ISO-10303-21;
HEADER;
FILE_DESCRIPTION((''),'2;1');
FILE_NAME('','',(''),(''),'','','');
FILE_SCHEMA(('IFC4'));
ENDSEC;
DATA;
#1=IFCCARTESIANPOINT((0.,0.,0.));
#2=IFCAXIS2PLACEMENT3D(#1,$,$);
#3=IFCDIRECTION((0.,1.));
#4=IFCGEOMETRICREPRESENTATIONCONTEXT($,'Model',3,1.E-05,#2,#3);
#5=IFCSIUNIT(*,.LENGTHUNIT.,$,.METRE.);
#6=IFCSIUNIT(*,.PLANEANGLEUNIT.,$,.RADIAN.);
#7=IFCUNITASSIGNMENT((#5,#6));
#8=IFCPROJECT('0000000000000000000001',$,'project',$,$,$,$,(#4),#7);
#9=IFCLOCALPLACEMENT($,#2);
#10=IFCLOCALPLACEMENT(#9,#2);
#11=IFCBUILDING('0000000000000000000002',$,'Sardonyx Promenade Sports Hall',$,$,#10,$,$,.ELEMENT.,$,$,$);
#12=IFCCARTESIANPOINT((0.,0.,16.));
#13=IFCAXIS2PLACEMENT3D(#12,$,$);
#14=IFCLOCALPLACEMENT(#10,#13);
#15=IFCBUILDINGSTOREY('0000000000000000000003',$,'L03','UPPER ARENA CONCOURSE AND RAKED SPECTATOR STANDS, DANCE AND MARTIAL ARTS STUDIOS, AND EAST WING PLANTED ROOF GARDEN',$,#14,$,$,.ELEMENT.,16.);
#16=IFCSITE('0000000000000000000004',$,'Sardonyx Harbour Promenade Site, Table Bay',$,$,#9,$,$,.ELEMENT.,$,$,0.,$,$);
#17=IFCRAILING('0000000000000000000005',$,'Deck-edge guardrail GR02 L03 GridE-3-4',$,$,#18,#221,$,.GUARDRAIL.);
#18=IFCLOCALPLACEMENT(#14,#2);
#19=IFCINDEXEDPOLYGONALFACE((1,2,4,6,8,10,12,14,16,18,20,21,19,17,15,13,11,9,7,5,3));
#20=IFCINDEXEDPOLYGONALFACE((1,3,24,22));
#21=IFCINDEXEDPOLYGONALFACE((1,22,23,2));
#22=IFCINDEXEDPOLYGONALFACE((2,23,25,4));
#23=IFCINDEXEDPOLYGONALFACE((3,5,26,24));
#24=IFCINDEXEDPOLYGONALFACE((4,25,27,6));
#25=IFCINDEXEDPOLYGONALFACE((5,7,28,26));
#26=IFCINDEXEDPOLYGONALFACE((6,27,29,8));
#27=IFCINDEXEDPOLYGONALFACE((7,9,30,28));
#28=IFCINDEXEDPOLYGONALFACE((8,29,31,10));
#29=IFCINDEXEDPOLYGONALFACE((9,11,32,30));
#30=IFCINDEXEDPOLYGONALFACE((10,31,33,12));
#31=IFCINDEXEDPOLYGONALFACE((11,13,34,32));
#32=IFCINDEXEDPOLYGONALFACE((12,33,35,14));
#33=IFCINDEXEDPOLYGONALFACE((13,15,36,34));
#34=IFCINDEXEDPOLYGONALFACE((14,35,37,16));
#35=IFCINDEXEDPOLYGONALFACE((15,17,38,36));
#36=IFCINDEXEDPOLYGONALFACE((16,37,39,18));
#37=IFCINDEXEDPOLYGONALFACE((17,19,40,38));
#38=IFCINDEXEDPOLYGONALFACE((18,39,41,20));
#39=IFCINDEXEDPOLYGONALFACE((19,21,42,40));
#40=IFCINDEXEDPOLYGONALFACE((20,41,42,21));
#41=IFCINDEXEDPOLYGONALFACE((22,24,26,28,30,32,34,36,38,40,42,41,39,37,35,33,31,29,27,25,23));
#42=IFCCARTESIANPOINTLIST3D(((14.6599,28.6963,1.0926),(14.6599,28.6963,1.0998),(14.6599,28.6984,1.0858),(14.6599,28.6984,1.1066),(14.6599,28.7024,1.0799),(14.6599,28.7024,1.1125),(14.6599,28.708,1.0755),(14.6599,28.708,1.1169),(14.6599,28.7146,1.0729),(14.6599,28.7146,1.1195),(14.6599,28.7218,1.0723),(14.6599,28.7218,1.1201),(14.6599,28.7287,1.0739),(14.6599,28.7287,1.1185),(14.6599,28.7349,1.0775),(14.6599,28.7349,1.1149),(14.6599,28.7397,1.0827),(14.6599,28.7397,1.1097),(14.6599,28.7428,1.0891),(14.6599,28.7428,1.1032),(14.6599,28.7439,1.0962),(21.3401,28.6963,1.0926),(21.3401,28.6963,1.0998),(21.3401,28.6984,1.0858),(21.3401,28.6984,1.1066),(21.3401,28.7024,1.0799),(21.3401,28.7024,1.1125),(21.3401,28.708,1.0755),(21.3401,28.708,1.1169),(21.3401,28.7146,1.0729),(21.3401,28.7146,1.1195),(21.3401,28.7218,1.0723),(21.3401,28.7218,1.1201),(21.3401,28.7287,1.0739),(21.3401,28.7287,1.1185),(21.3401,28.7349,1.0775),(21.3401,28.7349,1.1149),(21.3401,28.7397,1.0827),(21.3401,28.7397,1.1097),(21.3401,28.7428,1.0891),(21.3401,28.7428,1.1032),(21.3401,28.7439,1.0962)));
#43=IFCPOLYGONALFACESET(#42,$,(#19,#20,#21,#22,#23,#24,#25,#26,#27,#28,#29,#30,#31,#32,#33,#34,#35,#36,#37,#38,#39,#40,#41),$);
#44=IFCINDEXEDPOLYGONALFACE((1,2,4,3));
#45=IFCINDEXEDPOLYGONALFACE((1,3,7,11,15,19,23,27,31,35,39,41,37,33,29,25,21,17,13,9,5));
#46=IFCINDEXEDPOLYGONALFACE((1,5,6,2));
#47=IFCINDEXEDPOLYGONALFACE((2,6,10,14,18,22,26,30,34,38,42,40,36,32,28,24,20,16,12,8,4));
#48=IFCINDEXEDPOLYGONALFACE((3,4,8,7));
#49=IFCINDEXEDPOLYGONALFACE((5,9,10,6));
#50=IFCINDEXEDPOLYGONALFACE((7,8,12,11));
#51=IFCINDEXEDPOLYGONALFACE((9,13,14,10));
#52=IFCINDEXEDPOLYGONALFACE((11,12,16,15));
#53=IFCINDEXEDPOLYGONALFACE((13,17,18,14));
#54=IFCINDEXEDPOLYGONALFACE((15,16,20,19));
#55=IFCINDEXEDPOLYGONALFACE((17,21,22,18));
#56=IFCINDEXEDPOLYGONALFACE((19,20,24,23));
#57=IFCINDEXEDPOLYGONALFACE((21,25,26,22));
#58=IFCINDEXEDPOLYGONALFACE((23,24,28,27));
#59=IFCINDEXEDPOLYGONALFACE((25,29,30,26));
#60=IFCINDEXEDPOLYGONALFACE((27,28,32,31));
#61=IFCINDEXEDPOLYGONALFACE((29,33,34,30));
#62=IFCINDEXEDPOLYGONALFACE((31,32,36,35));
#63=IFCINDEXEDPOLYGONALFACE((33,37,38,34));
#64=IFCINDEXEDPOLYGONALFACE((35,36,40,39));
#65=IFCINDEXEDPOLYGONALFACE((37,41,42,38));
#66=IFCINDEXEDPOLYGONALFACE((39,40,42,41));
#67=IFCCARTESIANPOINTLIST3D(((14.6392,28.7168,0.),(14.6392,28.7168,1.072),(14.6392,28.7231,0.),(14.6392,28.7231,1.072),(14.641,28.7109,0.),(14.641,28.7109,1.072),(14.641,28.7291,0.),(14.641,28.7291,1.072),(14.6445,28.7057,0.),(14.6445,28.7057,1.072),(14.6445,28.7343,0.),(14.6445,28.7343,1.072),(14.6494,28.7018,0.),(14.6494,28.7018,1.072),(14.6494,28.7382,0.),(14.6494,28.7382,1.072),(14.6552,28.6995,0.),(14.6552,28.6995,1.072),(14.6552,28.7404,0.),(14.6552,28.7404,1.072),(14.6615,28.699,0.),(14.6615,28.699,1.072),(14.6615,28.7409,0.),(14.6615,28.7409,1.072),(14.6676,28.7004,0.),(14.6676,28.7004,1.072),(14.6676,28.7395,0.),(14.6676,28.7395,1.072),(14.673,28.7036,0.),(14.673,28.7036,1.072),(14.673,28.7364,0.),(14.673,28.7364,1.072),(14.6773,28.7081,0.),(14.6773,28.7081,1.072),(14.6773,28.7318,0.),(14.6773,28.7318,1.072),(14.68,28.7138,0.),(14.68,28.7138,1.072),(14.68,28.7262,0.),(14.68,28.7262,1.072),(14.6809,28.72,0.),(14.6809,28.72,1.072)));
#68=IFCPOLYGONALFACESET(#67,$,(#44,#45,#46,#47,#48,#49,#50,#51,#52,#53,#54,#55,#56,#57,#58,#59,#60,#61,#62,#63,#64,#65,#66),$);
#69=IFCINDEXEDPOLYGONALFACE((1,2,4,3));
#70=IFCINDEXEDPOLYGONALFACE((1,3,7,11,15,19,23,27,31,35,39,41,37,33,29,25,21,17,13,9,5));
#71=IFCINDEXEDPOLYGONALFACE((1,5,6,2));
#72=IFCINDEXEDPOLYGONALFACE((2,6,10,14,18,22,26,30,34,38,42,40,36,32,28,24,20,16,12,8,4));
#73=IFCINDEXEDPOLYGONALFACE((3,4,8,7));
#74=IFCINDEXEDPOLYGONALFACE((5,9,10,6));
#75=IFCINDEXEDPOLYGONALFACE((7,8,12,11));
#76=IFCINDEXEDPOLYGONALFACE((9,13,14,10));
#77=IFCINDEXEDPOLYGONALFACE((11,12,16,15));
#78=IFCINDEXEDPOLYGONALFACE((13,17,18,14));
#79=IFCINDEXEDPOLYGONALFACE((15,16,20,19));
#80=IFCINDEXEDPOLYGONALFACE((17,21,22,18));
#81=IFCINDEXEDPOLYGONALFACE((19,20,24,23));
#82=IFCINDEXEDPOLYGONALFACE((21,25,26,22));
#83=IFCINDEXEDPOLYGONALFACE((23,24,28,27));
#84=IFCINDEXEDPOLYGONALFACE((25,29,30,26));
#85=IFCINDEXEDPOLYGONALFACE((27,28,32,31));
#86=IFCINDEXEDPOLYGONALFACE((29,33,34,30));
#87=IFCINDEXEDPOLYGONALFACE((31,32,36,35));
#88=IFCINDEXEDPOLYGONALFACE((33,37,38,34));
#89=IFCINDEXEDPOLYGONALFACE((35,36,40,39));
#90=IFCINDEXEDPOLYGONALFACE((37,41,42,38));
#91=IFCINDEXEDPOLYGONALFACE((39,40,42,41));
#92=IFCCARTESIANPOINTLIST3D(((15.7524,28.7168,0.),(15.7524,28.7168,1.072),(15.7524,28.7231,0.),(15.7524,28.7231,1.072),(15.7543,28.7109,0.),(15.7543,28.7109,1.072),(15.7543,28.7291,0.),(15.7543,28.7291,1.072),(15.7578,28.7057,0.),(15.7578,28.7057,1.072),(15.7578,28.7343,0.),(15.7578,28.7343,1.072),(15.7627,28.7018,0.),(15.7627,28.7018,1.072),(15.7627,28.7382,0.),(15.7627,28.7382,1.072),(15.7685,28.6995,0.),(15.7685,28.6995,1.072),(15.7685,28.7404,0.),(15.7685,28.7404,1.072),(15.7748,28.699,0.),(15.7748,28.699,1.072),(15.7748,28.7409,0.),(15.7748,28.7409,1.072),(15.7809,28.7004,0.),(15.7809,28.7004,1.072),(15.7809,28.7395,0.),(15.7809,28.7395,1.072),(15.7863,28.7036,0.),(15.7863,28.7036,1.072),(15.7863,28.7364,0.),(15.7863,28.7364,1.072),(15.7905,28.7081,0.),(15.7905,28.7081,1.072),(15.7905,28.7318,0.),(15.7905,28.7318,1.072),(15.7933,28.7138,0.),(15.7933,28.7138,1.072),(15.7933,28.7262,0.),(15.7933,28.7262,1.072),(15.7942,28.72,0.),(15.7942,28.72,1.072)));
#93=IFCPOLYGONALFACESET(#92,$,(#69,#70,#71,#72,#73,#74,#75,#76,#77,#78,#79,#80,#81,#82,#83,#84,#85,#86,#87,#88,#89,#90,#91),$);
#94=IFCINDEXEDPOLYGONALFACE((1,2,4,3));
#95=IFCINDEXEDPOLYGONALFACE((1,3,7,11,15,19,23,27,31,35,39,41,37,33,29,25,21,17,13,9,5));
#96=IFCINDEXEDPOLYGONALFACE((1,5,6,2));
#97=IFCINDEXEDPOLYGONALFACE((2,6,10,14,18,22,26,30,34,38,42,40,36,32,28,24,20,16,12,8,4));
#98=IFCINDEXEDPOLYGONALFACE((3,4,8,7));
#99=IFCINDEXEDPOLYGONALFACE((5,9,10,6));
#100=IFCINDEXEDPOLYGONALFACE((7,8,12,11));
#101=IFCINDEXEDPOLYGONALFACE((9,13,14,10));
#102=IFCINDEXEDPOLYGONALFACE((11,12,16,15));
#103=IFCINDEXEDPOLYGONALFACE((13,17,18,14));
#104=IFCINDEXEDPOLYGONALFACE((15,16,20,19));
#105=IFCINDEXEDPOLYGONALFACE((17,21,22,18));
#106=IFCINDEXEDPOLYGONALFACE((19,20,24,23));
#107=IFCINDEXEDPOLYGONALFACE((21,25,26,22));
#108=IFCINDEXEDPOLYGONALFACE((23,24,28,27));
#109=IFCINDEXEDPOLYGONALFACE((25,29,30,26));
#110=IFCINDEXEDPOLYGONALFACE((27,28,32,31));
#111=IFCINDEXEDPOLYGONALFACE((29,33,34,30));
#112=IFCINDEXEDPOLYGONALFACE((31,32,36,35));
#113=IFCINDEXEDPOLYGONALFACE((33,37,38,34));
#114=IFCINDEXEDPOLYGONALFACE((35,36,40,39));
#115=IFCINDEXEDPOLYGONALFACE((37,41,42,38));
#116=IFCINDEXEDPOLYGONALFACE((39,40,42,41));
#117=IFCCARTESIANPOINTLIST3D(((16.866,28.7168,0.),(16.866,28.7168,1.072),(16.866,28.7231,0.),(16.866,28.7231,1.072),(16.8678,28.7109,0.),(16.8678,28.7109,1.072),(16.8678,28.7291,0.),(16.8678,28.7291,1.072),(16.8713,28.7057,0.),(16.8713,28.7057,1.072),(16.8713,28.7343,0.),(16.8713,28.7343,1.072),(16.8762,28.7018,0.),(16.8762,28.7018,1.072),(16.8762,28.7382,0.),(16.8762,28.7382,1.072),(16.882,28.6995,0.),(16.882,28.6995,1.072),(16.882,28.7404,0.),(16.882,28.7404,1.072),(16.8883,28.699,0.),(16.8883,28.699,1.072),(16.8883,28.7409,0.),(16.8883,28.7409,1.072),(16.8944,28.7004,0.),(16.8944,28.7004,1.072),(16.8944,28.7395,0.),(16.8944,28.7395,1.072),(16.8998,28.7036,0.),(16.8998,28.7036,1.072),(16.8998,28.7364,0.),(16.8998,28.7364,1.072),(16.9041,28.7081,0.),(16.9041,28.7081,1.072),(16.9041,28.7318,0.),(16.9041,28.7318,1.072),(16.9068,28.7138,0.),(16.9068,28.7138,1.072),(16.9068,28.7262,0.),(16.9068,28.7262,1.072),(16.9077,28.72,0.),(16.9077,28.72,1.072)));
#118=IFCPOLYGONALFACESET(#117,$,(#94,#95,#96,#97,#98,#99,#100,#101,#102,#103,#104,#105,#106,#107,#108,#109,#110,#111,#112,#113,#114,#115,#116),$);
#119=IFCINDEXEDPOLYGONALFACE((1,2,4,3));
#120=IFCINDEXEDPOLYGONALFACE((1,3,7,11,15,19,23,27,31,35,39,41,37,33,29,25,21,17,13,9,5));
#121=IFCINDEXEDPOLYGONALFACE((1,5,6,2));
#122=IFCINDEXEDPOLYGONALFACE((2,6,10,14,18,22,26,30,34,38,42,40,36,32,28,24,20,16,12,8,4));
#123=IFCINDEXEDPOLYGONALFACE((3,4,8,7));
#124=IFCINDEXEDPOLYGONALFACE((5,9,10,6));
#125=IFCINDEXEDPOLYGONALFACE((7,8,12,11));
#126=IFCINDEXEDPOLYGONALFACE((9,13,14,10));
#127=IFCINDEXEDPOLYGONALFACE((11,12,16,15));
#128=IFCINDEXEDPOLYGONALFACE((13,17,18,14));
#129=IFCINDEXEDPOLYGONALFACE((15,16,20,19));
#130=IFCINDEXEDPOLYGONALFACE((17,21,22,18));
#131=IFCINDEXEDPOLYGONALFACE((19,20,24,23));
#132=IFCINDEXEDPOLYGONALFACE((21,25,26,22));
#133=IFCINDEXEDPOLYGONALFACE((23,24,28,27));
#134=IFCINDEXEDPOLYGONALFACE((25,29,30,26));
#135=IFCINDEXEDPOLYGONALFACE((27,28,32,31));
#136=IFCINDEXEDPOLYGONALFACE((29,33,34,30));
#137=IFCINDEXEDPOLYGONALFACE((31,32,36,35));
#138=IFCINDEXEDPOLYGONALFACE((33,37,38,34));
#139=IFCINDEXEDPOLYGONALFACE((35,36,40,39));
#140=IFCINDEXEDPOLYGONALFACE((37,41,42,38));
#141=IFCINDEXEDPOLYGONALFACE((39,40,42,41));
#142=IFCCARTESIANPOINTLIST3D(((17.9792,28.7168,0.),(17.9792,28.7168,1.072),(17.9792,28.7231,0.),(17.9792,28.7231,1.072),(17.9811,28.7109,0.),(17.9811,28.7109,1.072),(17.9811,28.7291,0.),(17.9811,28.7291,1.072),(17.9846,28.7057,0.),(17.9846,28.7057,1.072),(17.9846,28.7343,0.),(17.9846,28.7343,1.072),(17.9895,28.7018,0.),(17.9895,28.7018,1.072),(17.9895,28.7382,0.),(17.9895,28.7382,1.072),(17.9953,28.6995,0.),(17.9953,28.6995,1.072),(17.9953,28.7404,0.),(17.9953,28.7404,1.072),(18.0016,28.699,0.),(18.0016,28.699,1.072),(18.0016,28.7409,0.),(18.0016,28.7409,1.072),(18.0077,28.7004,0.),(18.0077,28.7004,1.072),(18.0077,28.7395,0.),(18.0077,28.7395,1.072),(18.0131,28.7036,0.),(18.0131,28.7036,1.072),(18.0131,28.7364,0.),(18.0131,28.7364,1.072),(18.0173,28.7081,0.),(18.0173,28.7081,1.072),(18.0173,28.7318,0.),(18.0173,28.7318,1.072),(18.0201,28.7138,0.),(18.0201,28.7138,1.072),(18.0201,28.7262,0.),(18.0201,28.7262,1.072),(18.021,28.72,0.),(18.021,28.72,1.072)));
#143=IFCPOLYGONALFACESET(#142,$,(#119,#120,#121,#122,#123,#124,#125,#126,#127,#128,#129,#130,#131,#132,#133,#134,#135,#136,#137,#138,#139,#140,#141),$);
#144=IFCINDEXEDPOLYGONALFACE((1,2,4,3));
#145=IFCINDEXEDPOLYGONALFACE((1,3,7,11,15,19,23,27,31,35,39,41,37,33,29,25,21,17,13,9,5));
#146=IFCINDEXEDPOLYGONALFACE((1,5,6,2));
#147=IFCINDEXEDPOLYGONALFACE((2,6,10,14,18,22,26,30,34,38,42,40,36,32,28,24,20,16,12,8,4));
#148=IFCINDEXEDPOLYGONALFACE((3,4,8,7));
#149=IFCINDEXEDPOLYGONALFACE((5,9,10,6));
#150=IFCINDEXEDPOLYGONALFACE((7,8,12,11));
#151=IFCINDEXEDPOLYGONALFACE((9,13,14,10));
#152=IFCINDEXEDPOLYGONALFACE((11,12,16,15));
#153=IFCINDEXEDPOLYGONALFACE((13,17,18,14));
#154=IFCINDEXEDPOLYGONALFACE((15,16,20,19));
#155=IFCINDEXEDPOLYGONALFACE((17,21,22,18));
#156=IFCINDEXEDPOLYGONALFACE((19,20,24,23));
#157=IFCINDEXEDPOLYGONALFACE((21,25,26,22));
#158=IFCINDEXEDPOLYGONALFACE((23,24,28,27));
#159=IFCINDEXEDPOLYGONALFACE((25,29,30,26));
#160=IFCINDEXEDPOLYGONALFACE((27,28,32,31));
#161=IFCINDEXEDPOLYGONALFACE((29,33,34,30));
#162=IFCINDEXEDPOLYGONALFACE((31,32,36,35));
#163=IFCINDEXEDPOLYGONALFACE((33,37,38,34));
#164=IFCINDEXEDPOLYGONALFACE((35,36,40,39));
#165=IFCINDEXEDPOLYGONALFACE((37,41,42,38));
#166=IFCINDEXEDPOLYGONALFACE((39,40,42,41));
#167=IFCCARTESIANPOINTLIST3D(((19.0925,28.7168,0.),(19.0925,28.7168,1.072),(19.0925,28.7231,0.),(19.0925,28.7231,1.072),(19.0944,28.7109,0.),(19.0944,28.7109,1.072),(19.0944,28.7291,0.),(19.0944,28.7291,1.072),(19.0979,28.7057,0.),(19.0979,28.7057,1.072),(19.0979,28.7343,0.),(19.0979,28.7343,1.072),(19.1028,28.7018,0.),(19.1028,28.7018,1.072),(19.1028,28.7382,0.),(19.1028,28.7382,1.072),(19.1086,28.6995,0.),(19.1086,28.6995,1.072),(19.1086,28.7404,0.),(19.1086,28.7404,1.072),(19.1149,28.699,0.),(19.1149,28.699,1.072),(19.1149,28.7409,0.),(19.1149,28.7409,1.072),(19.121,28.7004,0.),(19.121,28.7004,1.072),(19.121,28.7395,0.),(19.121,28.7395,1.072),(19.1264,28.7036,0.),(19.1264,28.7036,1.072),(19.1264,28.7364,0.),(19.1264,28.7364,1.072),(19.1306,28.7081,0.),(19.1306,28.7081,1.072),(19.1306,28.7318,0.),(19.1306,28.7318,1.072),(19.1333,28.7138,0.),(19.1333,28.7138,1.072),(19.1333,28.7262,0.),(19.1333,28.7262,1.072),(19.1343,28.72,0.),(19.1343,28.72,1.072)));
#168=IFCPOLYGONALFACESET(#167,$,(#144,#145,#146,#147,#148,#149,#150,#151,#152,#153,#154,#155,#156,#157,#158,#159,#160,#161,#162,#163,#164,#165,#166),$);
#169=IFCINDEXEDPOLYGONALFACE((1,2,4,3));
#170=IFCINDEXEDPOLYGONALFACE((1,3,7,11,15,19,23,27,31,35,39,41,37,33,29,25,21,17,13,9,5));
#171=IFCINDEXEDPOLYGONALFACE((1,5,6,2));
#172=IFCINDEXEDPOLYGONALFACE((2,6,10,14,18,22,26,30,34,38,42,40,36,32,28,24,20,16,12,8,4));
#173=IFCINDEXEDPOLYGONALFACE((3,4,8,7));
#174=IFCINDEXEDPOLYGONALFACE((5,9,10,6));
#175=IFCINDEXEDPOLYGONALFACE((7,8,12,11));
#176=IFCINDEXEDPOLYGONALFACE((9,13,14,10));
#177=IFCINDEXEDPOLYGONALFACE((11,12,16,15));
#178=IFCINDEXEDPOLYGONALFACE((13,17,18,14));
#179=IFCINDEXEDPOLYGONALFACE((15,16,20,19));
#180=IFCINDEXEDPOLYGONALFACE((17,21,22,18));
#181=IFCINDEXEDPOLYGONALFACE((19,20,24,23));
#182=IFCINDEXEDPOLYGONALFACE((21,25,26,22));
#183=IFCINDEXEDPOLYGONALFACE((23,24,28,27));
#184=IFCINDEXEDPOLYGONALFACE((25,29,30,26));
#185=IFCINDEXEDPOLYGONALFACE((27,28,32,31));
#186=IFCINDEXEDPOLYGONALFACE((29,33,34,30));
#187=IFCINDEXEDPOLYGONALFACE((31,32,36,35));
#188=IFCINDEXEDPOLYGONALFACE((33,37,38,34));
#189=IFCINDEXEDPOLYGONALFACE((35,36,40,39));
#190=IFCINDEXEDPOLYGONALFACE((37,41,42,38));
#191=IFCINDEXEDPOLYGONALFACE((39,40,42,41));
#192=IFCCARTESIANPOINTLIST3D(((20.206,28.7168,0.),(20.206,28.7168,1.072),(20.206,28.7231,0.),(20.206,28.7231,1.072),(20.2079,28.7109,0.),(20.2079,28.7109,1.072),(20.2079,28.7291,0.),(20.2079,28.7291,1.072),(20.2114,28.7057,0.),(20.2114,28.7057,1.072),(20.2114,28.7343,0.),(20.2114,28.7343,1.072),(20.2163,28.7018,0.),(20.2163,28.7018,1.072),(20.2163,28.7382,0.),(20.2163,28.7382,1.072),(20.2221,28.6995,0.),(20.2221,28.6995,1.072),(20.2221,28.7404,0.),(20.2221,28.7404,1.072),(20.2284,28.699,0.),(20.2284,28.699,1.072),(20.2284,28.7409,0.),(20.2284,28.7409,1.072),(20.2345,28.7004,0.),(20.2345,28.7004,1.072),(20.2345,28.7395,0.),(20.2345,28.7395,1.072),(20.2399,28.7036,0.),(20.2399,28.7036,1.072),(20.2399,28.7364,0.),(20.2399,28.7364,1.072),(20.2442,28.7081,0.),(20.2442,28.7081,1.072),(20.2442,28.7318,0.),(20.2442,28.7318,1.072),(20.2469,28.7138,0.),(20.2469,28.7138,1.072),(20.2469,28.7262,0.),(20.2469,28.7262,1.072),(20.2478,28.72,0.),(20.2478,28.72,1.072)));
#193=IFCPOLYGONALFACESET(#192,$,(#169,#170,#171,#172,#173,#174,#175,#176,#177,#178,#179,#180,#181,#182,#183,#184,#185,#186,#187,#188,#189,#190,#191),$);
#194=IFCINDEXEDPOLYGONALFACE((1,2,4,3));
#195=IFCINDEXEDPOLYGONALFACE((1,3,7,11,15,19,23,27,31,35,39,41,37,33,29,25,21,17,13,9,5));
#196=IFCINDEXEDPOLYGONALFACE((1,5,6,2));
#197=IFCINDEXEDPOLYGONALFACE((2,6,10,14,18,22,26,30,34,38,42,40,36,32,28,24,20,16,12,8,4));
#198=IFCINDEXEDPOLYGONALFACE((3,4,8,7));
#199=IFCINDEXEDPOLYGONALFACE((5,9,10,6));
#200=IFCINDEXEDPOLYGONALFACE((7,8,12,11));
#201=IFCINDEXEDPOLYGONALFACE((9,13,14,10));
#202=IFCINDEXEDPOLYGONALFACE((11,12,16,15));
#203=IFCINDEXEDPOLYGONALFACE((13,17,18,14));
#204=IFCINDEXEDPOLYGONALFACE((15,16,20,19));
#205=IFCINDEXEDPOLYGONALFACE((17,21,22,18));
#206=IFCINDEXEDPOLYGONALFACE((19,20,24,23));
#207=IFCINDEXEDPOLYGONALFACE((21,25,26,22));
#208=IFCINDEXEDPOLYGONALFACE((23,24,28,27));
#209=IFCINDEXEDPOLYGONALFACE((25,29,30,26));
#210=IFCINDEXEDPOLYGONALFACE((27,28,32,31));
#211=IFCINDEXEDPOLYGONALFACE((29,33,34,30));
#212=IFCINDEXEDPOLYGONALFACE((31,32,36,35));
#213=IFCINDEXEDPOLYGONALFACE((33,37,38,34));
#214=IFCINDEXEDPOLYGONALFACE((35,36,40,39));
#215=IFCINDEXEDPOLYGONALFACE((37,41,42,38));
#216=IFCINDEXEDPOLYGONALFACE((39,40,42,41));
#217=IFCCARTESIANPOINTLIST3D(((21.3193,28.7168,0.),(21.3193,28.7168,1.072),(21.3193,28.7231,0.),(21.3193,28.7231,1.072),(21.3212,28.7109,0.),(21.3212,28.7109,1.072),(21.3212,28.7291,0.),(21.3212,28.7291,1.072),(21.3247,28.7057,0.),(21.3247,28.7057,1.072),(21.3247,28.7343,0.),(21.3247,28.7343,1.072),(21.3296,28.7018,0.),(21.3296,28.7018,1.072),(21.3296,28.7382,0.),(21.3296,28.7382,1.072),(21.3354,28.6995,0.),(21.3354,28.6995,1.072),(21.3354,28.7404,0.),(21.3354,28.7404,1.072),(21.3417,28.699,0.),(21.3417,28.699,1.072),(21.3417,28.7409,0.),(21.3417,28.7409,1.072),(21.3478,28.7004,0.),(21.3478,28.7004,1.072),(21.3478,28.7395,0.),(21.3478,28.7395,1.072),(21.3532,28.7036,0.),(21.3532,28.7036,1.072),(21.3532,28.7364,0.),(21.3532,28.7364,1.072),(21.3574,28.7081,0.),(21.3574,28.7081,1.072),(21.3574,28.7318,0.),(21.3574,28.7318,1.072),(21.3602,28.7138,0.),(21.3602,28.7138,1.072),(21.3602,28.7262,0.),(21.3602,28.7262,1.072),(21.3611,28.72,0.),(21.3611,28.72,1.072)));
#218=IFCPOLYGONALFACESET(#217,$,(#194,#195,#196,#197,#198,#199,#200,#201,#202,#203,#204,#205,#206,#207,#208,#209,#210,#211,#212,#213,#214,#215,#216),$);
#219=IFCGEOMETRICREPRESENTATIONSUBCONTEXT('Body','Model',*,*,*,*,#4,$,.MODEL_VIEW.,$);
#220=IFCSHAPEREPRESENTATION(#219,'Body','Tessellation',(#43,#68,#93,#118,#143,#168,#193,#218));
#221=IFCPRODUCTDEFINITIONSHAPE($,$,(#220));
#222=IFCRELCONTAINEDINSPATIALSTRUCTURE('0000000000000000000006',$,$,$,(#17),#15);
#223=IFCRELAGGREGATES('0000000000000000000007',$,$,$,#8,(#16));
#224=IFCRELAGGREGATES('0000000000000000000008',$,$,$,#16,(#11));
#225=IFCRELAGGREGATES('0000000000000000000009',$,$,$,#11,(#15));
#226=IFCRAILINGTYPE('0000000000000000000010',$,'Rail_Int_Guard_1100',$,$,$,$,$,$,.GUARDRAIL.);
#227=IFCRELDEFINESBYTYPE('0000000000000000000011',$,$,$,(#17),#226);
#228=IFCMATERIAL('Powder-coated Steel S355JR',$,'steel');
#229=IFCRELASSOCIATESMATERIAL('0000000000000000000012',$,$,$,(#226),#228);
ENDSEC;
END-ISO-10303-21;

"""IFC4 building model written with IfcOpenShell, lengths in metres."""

from ifc_helpers import new_model, si_unit, direction, frame, origin, origin_2d, place, context, subcontext, project, spatial, circle, extrude, material, type_object, element, save


model = new_model("IFC4")

# Units and contexts
model_context = context("Model", 3, precision=1e-05, world=origin(), true_north=direction((0.0, 1.0)))
body_context = subcontext(model_context, "Body", "Model", "MODEL_VIEW")
ifc_project = project(units=[si_unit("LENGTHUNIT", "METRE"), si_unit("PLANEANGLEUNIT", "RADIAN")], contexts=[model_context])

# Site, building, storey
site_placement = place(None, origin())
site = spatial("IfcSite", under=ifc_project, at=site_placement, Name="Sardonyx Harbour Promenade Site, Table Bay", CompositionType="ELEMENT", RefElevation=0.0)
building_placement = place(site_placement, origin())
building = spatial("IfcBuilding", under=site, at=building_placement, Name="Sardonyx Promenade Sports Hall", CompositionType="ELEMENT")
storey_placement = place(building_placement, frame((0.0, 0.0, 16.0)))
storey = spatial("IfcBuildingStorey", under=building, at=storey_placement, Name="L03", Description="UPPER ARENA CONCOURSE AND RAKED SPECTATOR STANDS, DANCE AND MARTIAL ARTS STUDIOS, AND EAST WING PLANTED ROOF GARDEN", CompositionType="ELEMENT", Elevation=16.0)

# Railing
ifc_material_1 = material(Name="Powder-coated Steel S355JR", Category="steel")
railing_type = type_object("IfcRailingType", Name="Rail_Int_Guard_1100", PredefinedType="GUARDRAIL", material=ifc_material_1)
railing_1_placement = place(storey_placement, frame((14.6599, 28.72, 0.0)))
element("IfcRailing", 1, at=railing_1_placement, inside=storey, type_object=railing_type, Name="Deck-edge guardrail GR02 L03 GridE-3-4", PredefinedType="GUARDRAIL", context=body_context, shape_type="SweptSolid", body=[
    extrude(circle(Radius=0.0239, at=origin_2d()), frame((0.0, 0.0, 1.0962), z_axis=(1.0, 0.0, 0.0), x_axis=(0.0, 1.0, 0.0)), (0.0, 0.0, 1.0), 6.6802),
    extrude(circle(Radius=0.021, at=origin_2d()), origin(), (0.0, 0.0, 1.0), 1.072),
    extrude(circle(Radius=0.021, at=origin_2d()), frame((1.1133, 0.0, 0.0)), (0.0, 0.0, 1.0), 1.072),
    extrude(circle(Radius=0.021, at=origin_2d()), frame((2.2268, 0.0, 0.0)), (0.0, 0.0, 1.0), 1.072),
    extrude(circle(Radius=0.021, at=origin_2d()), frame((3.3401, 0.0, 0.0)), (0.0, 0.0, 1.0), 1.072),
    extrude(circle(Radius=0.021, at=origin_2d()), frame((4.4534, 0.0, 0.0)), (0.0, 0.0, 1.0), 1.072),
    extrude(circle(Radius=0.021, at=origin_2d()), frame((5.5669, 0.0, 0.0)), (0.0, 0.0, 1.0), 1.072),
    extrude(circle(Radius=0.021, at=origin_2d()), frame((6.6802, 0.0, 0.0)), (0.0, 0.0, 1.0), 1.072),
])

save(model, "model.ifc")
